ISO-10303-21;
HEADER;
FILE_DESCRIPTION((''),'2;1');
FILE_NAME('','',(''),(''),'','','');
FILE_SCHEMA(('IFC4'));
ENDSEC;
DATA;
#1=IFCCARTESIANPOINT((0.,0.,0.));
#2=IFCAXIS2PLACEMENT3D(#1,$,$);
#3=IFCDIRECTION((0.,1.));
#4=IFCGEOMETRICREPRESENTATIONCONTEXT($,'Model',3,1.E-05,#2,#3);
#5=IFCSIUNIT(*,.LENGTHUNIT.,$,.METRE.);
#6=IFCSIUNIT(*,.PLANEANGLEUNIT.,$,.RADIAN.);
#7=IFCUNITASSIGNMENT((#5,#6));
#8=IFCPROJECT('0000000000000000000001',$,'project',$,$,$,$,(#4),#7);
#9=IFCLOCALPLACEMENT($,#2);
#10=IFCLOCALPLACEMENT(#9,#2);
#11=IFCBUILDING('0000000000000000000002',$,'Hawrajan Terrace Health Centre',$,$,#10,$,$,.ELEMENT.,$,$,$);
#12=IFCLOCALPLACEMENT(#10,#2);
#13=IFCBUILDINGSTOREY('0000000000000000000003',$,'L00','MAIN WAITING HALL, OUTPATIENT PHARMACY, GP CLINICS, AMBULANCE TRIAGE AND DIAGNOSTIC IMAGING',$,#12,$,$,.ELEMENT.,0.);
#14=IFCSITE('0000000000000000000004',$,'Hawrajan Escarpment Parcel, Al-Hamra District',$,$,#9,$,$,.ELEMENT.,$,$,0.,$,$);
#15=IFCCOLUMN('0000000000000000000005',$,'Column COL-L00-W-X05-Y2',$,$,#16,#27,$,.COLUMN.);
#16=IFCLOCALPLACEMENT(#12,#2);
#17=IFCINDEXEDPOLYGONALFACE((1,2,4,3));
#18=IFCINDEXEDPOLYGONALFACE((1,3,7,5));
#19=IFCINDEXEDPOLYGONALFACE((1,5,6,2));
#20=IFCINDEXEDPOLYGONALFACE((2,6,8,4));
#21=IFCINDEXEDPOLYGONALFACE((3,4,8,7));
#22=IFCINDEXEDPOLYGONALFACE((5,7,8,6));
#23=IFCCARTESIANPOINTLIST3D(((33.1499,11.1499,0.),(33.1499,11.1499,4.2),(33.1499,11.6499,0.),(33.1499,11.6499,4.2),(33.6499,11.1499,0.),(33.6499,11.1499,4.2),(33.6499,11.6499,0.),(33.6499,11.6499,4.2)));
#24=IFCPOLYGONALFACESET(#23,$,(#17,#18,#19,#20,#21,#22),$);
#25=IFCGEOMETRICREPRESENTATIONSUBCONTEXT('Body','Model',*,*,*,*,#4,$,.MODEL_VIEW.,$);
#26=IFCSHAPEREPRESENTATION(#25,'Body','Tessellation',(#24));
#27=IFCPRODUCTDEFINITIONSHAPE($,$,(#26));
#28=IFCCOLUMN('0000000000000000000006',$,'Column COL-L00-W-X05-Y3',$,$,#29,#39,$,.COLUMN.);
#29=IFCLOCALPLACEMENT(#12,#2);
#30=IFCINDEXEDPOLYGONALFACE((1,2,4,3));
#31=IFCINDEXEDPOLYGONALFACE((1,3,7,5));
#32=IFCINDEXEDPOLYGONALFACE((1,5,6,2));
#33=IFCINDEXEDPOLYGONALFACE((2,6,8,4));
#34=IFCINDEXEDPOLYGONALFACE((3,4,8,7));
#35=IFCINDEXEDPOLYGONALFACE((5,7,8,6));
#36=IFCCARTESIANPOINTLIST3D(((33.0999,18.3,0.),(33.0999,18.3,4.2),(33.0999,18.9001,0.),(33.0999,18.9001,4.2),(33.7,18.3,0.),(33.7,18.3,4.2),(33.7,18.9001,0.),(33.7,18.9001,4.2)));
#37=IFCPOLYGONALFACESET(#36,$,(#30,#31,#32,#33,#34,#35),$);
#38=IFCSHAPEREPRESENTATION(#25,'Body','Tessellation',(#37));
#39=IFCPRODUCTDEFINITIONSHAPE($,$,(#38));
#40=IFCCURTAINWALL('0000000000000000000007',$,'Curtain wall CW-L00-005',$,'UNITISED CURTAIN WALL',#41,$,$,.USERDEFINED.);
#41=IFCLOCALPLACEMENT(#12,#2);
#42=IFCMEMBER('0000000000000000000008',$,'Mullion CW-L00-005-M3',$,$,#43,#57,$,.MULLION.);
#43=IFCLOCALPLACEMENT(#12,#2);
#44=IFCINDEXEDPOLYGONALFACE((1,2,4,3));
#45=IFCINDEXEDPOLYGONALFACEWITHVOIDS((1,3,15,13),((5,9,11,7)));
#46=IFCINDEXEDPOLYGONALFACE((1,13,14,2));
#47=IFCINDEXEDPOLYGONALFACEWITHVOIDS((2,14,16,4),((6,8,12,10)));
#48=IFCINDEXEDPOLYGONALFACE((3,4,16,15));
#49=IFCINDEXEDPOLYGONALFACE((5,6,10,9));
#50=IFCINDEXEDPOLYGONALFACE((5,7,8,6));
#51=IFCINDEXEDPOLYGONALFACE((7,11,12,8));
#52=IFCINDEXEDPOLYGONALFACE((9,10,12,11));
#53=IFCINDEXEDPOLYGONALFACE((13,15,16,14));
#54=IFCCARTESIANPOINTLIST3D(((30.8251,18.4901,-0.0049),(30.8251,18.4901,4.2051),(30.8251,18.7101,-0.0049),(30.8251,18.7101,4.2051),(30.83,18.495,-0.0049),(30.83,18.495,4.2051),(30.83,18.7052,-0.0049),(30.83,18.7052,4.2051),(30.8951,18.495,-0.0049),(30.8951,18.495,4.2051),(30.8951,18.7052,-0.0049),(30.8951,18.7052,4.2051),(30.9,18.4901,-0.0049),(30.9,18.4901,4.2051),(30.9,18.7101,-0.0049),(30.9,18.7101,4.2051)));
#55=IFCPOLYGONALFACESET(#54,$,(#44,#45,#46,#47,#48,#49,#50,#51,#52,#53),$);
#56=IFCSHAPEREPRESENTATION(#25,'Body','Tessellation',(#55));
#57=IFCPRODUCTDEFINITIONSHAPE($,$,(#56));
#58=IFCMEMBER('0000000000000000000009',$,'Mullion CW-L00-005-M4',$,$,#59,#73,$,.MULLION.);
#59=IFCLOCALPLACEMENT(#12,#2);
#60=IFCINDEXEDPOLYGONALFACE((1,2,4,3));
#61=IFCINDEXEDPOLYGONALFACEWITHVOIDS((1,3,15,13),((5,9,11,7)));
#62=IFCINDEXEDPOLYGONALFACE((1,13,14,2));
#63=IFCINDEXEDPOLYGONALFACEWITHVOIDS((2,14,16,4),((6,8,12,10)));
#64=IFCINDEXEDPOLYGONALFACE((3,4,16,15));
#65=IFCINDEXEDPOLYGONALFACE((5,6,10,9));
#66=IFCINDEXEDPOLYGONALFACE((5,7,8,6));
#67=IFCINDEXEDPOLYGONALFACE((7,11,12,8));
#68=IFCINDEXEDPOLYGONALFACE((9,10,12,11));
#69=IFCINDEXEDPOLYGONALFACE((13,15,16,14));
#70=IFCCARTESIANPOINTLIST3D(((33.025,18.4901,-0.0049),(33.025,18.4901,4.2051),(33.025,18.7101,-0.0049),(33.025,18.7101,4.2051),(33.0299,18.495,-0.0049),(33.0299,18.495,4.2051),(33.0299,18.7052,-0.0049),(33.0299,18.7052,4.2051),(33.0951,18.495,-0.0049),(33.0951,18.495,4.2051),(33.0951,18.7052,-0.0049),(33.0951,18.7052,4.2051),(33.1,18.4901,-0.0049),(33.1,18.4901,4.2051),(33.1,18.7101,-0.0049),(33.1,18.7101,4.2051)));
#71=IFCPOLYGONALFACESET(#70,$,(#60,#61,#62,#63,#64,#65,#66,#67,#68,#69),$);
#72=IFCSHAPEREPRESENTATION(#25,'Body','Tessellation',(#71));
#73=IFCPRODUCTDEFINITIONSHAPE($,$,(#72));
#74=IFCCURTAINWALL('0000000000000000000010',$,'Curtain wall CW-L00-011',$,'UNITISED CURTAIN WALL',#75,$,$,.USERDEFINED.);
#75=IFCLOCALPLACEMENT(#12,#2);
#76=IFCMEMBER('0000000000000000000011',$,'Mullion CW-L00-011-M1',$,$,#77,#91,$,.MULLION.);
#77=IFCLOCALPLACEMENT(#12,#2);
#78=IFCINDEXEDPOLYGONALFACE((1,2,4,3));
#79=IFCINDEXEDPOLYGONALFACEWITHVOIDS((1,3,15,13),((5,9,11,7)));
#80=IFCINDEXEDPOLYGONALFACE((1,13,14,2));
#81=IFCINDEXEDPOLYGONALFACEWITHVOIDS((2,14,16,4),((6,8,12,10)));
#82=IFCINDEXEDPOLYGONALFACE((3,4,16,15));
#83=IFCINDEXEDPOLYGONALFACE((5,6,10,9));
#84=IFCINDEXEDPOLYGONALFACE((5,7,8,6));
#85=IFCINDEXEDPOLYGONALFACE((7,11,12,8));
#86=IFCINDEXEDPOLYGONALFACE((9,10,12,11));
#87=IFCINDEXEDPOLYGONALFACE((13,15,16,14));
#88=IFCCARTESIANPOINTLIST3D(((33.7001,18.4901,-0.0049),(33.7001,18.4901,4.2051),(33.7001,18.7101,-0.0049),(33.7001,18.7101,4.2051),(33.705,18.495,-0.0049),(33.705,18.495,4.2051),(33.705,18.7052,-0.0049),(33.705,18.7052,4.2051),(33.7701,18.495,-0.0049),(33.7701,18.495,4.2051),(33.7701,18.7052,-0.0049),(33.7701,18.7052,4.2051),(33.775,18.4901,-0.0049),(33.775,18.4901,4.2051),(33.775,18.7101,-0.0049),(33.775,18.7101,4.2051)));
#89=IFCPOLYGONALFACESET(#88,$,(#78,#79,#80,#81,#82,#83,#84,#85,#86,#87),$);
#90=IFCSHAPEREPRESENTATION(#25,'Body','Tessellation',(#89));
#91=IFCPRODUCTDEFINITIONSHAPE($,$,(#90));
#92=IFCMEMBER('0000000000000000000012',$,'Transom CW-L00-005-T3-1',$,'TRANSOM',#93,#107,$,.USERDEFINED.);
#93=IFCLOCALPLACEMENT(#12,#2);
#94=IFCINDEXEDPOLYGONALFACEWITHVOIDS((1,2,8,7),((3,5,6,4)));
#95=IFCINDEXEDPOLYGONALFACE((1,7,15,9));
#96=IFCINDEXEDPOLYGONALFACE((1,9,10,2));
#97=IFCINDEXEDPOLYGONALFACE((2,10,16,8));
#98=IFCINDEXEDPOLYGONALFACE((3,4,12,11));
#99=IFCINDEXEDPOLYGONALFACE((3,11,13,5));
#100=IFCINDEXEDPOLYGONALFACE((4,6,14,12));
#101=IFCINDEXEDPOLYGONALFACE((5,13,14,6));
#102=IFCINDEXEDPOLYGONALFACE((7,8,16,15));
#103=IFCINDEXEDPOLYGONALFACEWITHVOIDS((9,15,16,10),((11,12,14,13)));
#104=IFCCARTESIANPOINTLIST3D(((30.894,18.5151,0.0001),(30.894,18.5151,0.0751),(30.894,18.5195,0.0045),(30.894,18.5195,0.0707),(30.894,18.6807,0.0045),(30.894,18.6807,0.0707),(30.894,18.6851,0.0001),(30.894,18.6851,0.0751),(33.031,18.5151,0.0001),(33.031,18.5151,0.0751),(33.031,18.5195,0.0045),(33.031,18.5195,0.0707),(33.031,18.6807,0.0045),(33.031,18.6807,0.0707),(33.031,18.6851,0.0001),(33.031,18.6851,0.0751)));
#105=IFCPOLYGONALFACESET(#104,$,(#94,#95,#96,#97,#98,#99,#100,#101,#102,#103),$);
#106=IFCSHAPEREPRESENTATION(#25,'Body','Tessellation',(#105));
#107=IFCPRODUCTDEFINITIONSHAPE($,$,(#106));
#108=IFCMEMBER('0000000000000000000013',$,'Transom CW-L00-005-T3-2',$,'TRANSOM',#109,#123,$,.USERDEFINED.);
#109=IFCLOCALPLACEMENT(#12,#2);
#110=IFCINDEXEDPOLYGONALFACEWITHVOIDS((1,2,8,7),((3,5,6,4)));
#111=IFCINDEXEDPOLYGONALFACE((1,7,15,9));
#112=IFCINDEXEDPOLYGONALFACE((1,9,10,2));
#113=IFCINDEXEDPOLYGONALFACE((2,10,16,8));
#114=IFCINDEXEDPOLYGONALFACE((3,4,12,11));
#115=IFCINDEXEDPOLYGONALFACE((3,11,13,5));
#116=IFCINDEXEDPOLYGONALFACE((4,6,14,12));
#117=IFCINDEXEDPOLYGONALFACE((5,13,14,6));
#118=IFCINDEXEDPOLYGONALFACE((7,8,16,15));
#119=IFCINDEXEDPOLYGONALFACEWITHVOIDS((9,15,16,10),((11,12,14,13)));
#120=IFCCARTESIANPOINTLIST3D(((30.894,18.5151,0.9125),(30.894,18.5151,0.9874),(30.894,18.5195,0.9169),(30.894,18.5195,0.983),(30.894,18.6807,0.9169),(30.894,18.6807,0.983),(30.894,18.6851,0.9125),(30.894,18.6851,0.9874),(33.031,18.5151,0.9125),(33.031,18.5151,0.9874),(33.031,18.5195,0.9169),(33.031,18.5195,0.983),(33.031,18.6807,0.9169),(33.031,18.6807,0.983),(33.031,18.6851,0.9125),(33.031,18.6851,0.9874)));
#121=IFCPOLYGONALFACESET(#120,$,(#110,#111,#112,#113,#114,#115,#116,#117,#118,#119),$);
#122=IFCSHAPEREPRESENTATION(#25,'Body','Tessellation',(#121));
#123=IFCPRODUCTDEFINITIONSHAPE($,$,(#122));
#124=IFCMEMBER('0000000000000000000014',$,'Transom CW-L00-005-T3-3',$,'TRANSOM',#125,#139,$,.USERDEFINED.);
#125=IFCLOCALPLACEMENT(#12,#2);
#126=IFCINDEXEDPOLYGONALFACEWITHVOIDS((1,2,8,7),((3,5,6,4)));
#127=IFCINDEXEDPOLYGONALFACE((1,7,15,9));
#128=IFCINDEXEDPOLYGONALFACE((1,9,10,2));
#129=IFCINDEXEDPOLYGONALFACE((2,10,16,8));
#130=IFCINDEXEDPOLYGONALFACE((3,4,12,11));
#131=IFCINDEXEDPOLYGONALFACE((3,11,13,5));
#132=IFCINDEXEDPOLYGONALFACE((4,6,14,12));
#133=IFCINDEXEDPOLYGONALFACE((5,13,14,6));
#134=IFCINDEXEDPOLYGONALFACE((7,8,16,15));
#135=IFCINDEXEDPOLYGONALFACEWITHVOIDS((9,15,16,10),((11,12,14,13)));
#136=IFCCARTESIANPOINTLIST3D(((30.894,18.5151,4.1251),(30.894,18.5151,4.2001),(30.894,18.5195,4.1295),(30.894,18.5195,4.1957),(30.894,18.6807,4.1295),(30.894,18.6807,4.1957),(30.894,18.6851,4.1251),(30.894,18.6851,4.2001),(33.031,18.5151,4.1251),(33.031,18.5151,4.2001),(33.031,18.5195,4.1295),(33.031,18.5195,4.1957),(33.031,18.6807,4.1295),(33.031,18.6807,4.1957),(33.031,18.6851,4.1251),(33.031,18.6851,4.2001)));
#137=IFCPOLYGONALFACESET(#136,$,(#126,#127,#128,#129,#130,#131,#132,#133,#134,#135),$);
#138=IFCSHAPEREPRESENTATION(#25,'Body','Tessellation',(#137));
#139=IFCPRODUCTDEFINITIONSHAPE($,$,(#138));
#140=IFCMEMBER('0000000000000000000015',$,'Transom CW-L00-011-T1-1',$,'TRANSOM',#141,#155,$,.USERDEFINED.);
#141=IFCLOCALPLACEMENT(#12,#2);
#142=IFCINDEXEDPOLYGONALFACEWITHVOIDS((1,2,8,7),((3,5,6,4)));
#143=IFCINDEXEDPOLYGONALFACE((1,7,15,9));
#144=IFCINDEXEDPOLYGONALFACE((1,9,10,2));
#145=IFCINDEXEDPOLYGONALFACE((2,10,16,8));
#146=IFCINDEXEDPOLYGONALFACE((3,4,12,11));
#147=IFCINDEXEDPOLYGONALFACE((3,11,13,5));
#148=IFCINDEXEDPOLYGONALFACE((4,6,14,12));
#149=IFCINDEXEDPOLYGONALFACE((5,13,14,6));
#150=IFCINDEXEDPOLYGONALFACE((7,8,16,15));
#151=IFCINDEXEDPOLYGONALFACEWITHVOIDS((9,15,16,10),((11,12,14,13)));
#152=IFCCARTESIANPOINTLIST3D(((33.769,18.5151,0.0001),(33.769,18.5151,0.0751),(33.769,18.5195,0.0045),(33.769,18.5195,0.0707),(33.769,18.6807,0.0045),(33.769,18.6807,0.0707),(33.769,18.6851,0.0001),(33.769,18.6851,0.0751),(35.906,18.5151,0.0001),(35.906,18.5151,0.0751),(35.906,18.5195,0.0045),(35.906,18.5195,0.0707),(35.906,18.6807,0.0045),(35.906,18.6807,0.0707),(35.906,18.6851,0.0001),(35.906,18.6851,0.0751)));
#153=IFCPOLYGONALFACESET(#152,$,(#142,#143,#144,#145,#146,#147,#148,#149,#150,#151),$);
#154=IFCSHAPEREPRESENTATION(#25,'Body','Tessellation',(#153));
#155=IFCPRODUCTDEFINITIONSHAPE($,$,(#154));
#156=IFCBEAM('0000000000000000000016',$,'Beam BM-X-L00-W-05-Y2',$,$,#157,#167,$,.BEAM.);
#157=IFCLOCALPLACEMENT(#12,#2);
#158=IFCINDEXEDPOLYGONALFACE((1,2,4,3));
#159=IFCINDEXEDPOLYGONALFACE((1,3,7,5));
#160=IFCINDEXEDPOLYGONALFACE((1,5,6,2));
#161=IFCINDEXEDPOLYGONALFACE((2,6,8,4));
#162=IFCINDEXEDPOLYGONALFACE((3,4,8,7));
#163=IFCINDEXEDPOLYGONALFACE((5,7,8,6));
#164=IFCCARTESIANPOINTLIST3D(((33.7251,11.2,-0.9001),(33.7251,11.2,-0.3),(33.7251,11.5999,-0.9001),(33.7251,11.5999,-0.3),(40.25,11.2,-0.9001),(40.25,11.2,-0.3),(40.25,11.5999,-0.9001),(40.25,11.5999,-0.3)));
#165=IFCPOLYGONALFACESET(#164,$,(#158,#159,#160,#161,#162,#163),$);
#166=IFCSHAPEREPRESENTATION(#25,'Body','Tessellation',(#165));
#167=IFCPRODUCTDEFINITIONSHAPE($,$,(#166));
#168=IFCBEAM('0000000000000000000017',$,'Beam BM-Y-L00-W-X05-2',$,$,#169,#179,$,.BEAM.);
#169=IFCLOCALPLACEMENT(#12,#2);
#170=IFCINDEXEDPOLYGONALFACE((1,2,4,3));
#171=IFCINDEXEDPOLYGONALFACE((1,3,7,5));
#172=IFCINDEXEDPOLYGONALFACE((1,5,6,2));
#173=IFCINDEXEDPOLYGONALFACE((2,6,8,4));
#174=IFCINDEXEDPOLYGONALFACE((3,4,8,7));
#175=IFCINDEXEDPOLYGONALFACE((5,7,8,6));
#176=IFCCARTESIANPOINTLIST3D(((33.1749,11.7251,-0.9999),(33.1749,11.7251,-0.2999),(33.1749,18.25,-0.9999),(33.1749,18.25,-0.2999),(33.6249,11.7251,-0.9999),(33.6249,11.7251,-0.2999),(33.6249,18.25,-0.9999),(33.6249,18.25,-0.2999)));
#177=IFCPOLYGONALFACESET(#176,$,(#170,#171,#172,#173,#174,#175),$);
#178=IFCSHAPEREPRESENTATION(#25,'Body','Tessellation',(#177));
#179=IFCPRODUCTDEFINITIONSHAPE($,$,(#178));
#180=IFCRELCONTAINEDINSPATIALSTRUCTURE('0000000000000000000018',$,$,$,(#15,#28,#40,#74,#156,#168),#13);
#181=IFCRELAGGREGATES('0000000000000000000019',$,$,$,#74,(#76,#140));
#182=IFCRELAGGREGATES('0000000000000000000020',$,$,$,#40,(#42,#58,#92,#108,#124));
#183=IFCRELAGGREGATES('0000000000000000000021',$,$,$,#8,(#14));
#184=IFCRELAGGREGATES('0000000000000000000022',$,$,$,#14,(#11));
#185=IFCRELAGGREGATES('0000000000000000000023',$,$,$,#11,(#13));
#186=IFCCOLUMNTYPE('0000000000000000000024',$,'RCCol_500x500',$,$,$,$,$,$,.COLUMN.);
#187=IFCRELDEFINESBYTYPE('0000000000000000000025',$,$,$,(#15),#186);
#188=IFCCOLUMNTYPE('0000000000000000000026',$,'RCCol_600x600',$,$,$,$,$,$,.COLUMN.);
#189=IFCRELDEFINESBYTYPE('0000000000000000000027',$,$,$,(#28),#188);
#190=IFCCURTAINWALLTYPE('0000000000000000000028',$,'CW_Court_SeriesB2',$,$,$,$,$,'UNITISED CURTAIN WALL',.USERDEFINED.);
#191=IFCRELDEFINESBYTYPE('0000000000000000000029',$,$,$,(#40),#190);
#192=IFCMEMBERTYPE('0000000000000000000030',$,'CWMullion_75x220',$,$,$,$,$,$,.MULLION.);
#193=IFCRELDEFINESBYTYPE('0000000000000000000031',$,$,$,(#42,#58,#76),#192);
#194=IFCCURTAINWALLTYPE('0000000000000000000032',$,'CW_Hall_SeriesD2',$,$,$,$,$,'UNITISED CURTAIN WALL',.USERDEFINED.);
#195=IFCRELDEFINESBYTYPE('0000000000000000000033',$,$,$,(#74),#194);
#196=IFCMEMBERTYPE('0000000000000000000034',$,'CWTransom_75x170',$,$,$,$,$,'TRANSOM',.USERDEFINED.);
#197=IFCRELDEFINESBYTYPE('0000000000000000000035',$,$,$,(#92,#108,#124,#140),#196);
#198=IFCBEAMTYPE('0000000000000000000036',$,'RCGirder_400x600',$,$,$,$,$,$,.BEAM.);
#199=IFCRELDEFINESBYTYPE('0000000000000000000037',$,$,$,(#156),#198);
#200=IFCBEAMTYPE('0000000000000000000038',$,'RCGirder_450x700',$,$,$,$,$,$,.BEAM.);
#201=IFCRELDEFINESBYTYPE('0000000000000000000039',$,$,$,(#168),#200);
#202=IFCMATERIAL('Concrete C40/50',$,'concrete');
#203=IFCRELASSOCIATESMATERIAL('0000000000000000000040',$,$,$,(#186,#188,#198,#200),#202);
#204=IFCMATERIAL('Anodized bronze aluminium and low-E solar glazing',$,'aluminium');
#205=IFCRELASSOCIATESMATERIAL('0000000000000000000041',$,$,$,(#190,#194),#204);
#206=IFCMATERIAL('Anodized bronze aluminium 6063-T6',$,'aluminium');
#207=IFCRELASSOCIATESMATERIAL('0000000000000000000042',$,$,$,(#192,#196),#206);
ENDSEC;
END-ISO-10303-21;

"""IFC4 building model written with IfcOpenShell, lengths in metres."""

from ifc_helpers import new_model, si_unit, direction, frame, origin, origin_2d, place, context, subcontext, project, spatial, rectangle, hollow_rectangle, extrude, material, material_profile, profile_set, type_object, element, aggregate, save


model = new_model("IFC4")

# Units and contexts
model_context = context("Model", 3, precision=1e-05, world=origin(), true_north=direction((0.0, 1.0)))
body_context = subcontext(model_context, "Body", "Model", "MODEL_VIEW")
ifc_project = project(units=[si_unit("LENGTHUNIT", "METRE"), si_unit("PLANEANGLEUNIT", "RADIAN")], contexts=[model_context])

# Site, building, storey
site_placement = place(None, origin())
site = spatial("IfcSite", under=ifc_project, at=site_placement, Name="Hawrajan Escarpment Parcel, Al-Hamra District", CompositionType="ELEMENT", RefElevation=0.0)
building_placement = place(site_placement, origin())
building = spatial("IfcBuilding", under=site, at=building_placement, Name="Hawrajan Terrace Health Centre", CompositionType="ELEMENT")
storey_placement = place(building_placement, origin())
storey = spatial("IfcBuildingStorey", under=building, at=storey_placement, Name="L00", Description="MAIN WAITING HALL, OUTPATIENT PHARMACY, GP CLINICS, AMBULANCE TRIAGE AND DIAGNOSTIC IMAGING", CompositionType="ELEMENT", Elevation=0.0)

# Columns
ifc_material_1 = material(Name="Concrete C40/50", Category="concrete")
ifc_material_profile_1 = material_profile(ifc_material_1, rectangle(XDim=0.5, YDim=0.5, at=origin_2d()), Name="RC 500x500")
ifc_profile_set_1 = profile_set([ifc_material_profile_1], Name="Concrete C40/50")
column_type_1 = type_object("IfcColumnType", Name="RCCol_500x500", PredefinedType="COLUMN", material=ifc_profile_set_1)
column_1_placement = place(storey_placement, frame((33.3999, 11.3999, 0.0), z_axis=(0.0, 0.0, 1.0), x_axis=(1.0, 0.0, 0.0)))
element("IfcColumn", 1, at=column_1_placement, inside=storey, type_object=column_type_1, Name="Column COL-L00-W-X05-Y2", PredefinedType="COLUMN", context=body_context, shape_type="SweptSolid", body=[
    extrude(rectangle(XDim=0.5, YDim=0.5, at=origin_2d()), origin(), (0.0, 0.0, 1.0), 4.2),
])
ifc_material_profile_2 = material_profile(ifc_material_1, rectangle(XDim=0.6001, YDim=0.6001, at=origin_2d()), Name="RC 600x600")
ifc_profile_set_2 = profile_set([ifc_material_profile_2], Name="Concrete C40/50")
column_type_2 = type_object("IfcColumnType", Name="RCCol_600x600", PredefinedType="COLUMN", material=ifc_profile_set_2)
column_2_placement = place(storey_placement, frame((33.3999, 18.6001, 0.0), z_axis=(0.0, 0.0, 1.0), x_axis=(1.0, 0.0, 0.0)))
element("IfcColumn", 2, at=column_2_placement, inside=storey, type_object=column_type_2, Name="Column COL-L00-W-X05-Y3", PredefinedType="COLUMN", context=body_context, shape_type="SweptSolid", body=[
    extrude(rectangle(XDim=0.6001, YDim=0.6001, at=origin_2d()), origin(), (0.0, 0.0, 1.0), 4.2),
])

# Curtain wall, members
ifc_material_2 = material(Name="Anodized bronze aluminium and low-E solar glazing", Category="aluminium")
curtain_wall_type_1 = type_object("IfcCurtainWallType", Name="CW_Court_SeriesB2", ElementType="UNITISED CURTAIN WALL", PredefinedType="USERDEFINED", material=ifc_material_2)
curtain_wall_1_placement = place(storey_placement, origin())
curtain_wall_1 = element("IfcCurtainWall", 3, at=curtain_wall_1_placement, inside=storey, type_object=curtain_wall_type_1, Name="Curtain wall CW-L00-005", ObjectType="UNITISED CURTAIN WALL", PredefinedType="USERDEFINED")
ifc_material_3 = material(Name="Anodized bronze aluminium 6063-T6", Category="aluminium")
ifc_material_profile_3 = material_profile(ifc_material_3, hollow_rectangle(XDim=0.075, YDim=0.22, WallThickness=0.0049, at=origin_2d()), Name="CW MUL 75x220")
ifc_profile_set_3 = profile_set([ifc_material_profile_3], Name="Anodized bronze aluminium 6063-T6")
member_type_1 = type_object("IfcMemberType", Name="CWMullion_75x220", PredefinedType="MULLION", material=ifc_profile_set_3)
member_1_placement = place(storey_placement, frame((30.8625, 18.6001, -0.0049), z_axis=(0.0, 0.0, 1.0), x_axis=(1.0, 0.0, 0.0)))
member_1 = element("IfcMember", 4, at=member_1_placement, type_object=member_type_1, Name="Mullion CW-L00-005-M3", PredefinedType="MULLION", context=body_context, shape_type="SweptSolid", body=[
    extrude(hollow_rectangle(XDim=0.075, YDim=0.22, WallThickness=0.0049, at=origin_2d()), origin(), (0.0, 0.0, 1.0), 4.21),
])
member_2_placement = place(storey_placement, frame((33.0625, 18.6001, -0.0049), z_axis=(0.0, 0.0, 1.0), x_axis=(1.0, 0.0, 0.0)))
member_2 = element("IfcMember", 5, at=member_2_placement, type_object=member_type_1, Name="Mullion CW-L00-005-M4", PredefinedType="MULLION", context=body_context, shape_type="SweptSolid", body=[
    extrude(hollow_rectangle(XDim=0.075, YDim=0.22, WallThickness=0.0049, at=origin_2d()), origin(), (0.0, 0.0, 1.0), 4.21),
])

# Curtain wall, member
curtain_wall_type_2 = type_object("IfcCurtainWallType", Name="CW_Hall_SeriesD2", ElementType="UNITISED CURTAIN WALL", PredefinedType="USERDEFINED", material=ifc_material_2)
curtain_wall_2_placement = place(storey_placement, origin())
curtain_wall_2 = element("IfcCurtainWall", 6, at=curtain_wall_2_placement, inside=storey, type_object=curtain_wall_type_2, Name="Curtain wall CW-L00-011", ObjectType="UNITISED CURTAIN WALL", PredefinedType="USERDEFINED")
member_3_placement = place(storey_placement, frame((33.7375, 18.6001, -0.0049), z_axis=(0.0, 0.0, 1.0), x_axis=(1.0, 0.0, 0.0)))
member_3 = element("IfcMember", 7, at=member_3_placement, type_object=member_type_1, Name="Mullion CW-L00-011-M1", PredefinedType="MULLION", context=body_context, shape_type="SweptSolid", body=[
    extrude(hollow_rectangle(XDim=0.075, YDim=0.22, WallThickness=0.0049, at=origin_2d()), origin(), (0.0, 0.0, 1.0), 4.21),
])

# Members
ifc_material_profile_4 = material_profile(ifc_material_3, hollow_rectangle(XDim=0.075, YDim=0.1699, WallThickness=0.0044, at=origin_2d()), Name="CW TRN 75x170")
ifc_profile_set_4 = profile_set([ifc_material_profile_4], Name="Anodized bronze aluminium 6063-T6")
member_type_2 = type_object("IfcMemberType", Name="CWTransom_75x170", ElementType="TRANSOM", PredefinedType="USERDEFINED", material=ifc_profile_set_4)
member_4_placement = place(storey_placement, frame((30.894, 18.6001, 0.0376), z_axis=(1.0, 0.0, 0.0), x_axis=(0.0, 0.0, 1.0)))
member_4 = element("IfcMember", 8, at=member_4_placement, type_object=member_type_2, Name="Transom CW-L00-005-T3-1", ObjectType="TRANSOM", PredefinedType="USERDEFINED", context=body_context, shape_type="SweptSolid", body=[
    extrude(hollow_rectangle(XDim=0.075, YDim=0.1699, WallThickness=0.0044, at=origin_2d()), origin(), (0.0, 0.0, 1.0), 2.137),
])
member_5_placement = place(storey_placement, frame((30.894, 18.6001, 0.95), z_axis=(1.0, 0.0, 0.0), x_axis=(0.0, 0.0, 1.0)))
member_5 = element("IfcMember", 9, at=member_5_placement, type_object=member_type_2, Name="Transom CW-L00-005-T3-2", ObjectType="TRANSOM", PredefinedType="USERDEFINED", context=body_context, shape_type="SweptSolid", body=[
    extrude(hollow_rectangle(XDim=0.075, YDim=0.1699, WallThickness=0.0044, at=origin_2d()), origin(), (0.0, 0.0, 1.0), 2.137),
])
member_6_placement = place(storey_placement, frame((30.894, 18.6001, 4.1626), z_axis=(1.0, 0.0, 0.0), x_axis=(0.0, 0.0, 1.0)))
member_6 = element("IfcMember", 10, at=member_6_placement, type_object=member_type_2, Name="Transom CW-L00-005-T3-3", ObjectType="TRANSOM", PredefinedType="USERDEFINED", context=body_context, shape_type="SweptSolid", body=[
    extrude(hollow_rectangle(XDim=0.075, YDim=0.1699, WallThickness=0.0044, at=origin_2d()), origin(), (0.0, 0.0, 1.0), 2.137),
])
member_7_placement = place(storey_placement, frame((33.769, 18.6001, 0.0376), z_axis=(1.0, 0.0, 0.0), x_axis=(0.0, 0.0, 1.0)))
member_7 = element("IfcMember", 11, at=member_7_placement, type_object=member_type_2, Name="Transom CW-L00-011-T1-1", ObjectType="TRANSOM", PredefinedType="USERDEFINED", context=body_context, shape_type="SweptSolid", body=[
    extrude(hollow_rectangle(XDim=0.075, YDim=0.1699, WallThickness=0.0044, at=origin_2d()), origin(), (0.0, 0.0, 1.0), 2.137),
])
aggregate(curtain_wall_2, [member_3, member_7])

# Beams
ifc_material_profile_5 = material_profile(ifc_material_1, rectangle(XDim=0.3999, YDim=0.6001, at=origin_2d()), Name="RC BM 400x600")
ifc_profile_set_5 = profile_set([ifc_material_profile_5], Name="Concrete C40/50")
beam_type_1 = type_object("IfcBeamType", Name="RCGirder_400x600", PredefinedType="BEAM", material=ifc_profile_set_5)
beam_1_placement = place(storey_placement, frame((33.7251, 11.3999, -0.6001), z_axis=(1.0, 0.0, 0.0), x_axis=(0.0, 1.0, 0.0)))
element("IfcBeam", 12, at=beam_1_placement, inside=storey, type_object=beam_type_1, Name="Beam BM-X-L00-W-05-Y2", PredefinedType="BEAM", context=body_context, shape_type="SweptSolid", body=[
    extrude(rectangle(XDim=0.3999, YDim=0.6001, at=origin_2d()), origin(), (0.0, 0.0, 1.0), 6.5249),
])
ifc_material_profile_6 = material_profile(ifc_material_1, rectangle(XDim=0.45, YDim=0.7, at=origin_2d()), Name="RC BM 450x700")
ifc_profile_set_6 = profile_set([ifc_material_profile_6], Name="Concrete C40/50")
beam_type_2 = type_object("IfcBeamType", Name="RCGirder_450x700", PredefinedType="BEAM", material=ifc_profile_set_6)
beam_2_placement = place(storey_placement, frame((33.3999, 11.7251, -0.6499), z_axis=(0.0, 1.0, 0.0), x_axis=(-1.0, 0.0, 0.0)))
element("IfcBeam", 13, at=beam_2_placement, inside=storey, type_object=beam_type_2, Name="Beam BM-Y-L00-W-X05-2", PredefinedType="BEAM", context=body_context, shape_type="SweptSolid", body=[
    extrude(rectangle(XDim=0.45, YDim=0.7, at=origin_2d()), origin(), (0.0, 0.0, 1.0), 6.5249),
])

aggregate(curtain_wall_1, [member_1, member_2, member_4, member_5, member_6])

save(model, "model.ifc")
